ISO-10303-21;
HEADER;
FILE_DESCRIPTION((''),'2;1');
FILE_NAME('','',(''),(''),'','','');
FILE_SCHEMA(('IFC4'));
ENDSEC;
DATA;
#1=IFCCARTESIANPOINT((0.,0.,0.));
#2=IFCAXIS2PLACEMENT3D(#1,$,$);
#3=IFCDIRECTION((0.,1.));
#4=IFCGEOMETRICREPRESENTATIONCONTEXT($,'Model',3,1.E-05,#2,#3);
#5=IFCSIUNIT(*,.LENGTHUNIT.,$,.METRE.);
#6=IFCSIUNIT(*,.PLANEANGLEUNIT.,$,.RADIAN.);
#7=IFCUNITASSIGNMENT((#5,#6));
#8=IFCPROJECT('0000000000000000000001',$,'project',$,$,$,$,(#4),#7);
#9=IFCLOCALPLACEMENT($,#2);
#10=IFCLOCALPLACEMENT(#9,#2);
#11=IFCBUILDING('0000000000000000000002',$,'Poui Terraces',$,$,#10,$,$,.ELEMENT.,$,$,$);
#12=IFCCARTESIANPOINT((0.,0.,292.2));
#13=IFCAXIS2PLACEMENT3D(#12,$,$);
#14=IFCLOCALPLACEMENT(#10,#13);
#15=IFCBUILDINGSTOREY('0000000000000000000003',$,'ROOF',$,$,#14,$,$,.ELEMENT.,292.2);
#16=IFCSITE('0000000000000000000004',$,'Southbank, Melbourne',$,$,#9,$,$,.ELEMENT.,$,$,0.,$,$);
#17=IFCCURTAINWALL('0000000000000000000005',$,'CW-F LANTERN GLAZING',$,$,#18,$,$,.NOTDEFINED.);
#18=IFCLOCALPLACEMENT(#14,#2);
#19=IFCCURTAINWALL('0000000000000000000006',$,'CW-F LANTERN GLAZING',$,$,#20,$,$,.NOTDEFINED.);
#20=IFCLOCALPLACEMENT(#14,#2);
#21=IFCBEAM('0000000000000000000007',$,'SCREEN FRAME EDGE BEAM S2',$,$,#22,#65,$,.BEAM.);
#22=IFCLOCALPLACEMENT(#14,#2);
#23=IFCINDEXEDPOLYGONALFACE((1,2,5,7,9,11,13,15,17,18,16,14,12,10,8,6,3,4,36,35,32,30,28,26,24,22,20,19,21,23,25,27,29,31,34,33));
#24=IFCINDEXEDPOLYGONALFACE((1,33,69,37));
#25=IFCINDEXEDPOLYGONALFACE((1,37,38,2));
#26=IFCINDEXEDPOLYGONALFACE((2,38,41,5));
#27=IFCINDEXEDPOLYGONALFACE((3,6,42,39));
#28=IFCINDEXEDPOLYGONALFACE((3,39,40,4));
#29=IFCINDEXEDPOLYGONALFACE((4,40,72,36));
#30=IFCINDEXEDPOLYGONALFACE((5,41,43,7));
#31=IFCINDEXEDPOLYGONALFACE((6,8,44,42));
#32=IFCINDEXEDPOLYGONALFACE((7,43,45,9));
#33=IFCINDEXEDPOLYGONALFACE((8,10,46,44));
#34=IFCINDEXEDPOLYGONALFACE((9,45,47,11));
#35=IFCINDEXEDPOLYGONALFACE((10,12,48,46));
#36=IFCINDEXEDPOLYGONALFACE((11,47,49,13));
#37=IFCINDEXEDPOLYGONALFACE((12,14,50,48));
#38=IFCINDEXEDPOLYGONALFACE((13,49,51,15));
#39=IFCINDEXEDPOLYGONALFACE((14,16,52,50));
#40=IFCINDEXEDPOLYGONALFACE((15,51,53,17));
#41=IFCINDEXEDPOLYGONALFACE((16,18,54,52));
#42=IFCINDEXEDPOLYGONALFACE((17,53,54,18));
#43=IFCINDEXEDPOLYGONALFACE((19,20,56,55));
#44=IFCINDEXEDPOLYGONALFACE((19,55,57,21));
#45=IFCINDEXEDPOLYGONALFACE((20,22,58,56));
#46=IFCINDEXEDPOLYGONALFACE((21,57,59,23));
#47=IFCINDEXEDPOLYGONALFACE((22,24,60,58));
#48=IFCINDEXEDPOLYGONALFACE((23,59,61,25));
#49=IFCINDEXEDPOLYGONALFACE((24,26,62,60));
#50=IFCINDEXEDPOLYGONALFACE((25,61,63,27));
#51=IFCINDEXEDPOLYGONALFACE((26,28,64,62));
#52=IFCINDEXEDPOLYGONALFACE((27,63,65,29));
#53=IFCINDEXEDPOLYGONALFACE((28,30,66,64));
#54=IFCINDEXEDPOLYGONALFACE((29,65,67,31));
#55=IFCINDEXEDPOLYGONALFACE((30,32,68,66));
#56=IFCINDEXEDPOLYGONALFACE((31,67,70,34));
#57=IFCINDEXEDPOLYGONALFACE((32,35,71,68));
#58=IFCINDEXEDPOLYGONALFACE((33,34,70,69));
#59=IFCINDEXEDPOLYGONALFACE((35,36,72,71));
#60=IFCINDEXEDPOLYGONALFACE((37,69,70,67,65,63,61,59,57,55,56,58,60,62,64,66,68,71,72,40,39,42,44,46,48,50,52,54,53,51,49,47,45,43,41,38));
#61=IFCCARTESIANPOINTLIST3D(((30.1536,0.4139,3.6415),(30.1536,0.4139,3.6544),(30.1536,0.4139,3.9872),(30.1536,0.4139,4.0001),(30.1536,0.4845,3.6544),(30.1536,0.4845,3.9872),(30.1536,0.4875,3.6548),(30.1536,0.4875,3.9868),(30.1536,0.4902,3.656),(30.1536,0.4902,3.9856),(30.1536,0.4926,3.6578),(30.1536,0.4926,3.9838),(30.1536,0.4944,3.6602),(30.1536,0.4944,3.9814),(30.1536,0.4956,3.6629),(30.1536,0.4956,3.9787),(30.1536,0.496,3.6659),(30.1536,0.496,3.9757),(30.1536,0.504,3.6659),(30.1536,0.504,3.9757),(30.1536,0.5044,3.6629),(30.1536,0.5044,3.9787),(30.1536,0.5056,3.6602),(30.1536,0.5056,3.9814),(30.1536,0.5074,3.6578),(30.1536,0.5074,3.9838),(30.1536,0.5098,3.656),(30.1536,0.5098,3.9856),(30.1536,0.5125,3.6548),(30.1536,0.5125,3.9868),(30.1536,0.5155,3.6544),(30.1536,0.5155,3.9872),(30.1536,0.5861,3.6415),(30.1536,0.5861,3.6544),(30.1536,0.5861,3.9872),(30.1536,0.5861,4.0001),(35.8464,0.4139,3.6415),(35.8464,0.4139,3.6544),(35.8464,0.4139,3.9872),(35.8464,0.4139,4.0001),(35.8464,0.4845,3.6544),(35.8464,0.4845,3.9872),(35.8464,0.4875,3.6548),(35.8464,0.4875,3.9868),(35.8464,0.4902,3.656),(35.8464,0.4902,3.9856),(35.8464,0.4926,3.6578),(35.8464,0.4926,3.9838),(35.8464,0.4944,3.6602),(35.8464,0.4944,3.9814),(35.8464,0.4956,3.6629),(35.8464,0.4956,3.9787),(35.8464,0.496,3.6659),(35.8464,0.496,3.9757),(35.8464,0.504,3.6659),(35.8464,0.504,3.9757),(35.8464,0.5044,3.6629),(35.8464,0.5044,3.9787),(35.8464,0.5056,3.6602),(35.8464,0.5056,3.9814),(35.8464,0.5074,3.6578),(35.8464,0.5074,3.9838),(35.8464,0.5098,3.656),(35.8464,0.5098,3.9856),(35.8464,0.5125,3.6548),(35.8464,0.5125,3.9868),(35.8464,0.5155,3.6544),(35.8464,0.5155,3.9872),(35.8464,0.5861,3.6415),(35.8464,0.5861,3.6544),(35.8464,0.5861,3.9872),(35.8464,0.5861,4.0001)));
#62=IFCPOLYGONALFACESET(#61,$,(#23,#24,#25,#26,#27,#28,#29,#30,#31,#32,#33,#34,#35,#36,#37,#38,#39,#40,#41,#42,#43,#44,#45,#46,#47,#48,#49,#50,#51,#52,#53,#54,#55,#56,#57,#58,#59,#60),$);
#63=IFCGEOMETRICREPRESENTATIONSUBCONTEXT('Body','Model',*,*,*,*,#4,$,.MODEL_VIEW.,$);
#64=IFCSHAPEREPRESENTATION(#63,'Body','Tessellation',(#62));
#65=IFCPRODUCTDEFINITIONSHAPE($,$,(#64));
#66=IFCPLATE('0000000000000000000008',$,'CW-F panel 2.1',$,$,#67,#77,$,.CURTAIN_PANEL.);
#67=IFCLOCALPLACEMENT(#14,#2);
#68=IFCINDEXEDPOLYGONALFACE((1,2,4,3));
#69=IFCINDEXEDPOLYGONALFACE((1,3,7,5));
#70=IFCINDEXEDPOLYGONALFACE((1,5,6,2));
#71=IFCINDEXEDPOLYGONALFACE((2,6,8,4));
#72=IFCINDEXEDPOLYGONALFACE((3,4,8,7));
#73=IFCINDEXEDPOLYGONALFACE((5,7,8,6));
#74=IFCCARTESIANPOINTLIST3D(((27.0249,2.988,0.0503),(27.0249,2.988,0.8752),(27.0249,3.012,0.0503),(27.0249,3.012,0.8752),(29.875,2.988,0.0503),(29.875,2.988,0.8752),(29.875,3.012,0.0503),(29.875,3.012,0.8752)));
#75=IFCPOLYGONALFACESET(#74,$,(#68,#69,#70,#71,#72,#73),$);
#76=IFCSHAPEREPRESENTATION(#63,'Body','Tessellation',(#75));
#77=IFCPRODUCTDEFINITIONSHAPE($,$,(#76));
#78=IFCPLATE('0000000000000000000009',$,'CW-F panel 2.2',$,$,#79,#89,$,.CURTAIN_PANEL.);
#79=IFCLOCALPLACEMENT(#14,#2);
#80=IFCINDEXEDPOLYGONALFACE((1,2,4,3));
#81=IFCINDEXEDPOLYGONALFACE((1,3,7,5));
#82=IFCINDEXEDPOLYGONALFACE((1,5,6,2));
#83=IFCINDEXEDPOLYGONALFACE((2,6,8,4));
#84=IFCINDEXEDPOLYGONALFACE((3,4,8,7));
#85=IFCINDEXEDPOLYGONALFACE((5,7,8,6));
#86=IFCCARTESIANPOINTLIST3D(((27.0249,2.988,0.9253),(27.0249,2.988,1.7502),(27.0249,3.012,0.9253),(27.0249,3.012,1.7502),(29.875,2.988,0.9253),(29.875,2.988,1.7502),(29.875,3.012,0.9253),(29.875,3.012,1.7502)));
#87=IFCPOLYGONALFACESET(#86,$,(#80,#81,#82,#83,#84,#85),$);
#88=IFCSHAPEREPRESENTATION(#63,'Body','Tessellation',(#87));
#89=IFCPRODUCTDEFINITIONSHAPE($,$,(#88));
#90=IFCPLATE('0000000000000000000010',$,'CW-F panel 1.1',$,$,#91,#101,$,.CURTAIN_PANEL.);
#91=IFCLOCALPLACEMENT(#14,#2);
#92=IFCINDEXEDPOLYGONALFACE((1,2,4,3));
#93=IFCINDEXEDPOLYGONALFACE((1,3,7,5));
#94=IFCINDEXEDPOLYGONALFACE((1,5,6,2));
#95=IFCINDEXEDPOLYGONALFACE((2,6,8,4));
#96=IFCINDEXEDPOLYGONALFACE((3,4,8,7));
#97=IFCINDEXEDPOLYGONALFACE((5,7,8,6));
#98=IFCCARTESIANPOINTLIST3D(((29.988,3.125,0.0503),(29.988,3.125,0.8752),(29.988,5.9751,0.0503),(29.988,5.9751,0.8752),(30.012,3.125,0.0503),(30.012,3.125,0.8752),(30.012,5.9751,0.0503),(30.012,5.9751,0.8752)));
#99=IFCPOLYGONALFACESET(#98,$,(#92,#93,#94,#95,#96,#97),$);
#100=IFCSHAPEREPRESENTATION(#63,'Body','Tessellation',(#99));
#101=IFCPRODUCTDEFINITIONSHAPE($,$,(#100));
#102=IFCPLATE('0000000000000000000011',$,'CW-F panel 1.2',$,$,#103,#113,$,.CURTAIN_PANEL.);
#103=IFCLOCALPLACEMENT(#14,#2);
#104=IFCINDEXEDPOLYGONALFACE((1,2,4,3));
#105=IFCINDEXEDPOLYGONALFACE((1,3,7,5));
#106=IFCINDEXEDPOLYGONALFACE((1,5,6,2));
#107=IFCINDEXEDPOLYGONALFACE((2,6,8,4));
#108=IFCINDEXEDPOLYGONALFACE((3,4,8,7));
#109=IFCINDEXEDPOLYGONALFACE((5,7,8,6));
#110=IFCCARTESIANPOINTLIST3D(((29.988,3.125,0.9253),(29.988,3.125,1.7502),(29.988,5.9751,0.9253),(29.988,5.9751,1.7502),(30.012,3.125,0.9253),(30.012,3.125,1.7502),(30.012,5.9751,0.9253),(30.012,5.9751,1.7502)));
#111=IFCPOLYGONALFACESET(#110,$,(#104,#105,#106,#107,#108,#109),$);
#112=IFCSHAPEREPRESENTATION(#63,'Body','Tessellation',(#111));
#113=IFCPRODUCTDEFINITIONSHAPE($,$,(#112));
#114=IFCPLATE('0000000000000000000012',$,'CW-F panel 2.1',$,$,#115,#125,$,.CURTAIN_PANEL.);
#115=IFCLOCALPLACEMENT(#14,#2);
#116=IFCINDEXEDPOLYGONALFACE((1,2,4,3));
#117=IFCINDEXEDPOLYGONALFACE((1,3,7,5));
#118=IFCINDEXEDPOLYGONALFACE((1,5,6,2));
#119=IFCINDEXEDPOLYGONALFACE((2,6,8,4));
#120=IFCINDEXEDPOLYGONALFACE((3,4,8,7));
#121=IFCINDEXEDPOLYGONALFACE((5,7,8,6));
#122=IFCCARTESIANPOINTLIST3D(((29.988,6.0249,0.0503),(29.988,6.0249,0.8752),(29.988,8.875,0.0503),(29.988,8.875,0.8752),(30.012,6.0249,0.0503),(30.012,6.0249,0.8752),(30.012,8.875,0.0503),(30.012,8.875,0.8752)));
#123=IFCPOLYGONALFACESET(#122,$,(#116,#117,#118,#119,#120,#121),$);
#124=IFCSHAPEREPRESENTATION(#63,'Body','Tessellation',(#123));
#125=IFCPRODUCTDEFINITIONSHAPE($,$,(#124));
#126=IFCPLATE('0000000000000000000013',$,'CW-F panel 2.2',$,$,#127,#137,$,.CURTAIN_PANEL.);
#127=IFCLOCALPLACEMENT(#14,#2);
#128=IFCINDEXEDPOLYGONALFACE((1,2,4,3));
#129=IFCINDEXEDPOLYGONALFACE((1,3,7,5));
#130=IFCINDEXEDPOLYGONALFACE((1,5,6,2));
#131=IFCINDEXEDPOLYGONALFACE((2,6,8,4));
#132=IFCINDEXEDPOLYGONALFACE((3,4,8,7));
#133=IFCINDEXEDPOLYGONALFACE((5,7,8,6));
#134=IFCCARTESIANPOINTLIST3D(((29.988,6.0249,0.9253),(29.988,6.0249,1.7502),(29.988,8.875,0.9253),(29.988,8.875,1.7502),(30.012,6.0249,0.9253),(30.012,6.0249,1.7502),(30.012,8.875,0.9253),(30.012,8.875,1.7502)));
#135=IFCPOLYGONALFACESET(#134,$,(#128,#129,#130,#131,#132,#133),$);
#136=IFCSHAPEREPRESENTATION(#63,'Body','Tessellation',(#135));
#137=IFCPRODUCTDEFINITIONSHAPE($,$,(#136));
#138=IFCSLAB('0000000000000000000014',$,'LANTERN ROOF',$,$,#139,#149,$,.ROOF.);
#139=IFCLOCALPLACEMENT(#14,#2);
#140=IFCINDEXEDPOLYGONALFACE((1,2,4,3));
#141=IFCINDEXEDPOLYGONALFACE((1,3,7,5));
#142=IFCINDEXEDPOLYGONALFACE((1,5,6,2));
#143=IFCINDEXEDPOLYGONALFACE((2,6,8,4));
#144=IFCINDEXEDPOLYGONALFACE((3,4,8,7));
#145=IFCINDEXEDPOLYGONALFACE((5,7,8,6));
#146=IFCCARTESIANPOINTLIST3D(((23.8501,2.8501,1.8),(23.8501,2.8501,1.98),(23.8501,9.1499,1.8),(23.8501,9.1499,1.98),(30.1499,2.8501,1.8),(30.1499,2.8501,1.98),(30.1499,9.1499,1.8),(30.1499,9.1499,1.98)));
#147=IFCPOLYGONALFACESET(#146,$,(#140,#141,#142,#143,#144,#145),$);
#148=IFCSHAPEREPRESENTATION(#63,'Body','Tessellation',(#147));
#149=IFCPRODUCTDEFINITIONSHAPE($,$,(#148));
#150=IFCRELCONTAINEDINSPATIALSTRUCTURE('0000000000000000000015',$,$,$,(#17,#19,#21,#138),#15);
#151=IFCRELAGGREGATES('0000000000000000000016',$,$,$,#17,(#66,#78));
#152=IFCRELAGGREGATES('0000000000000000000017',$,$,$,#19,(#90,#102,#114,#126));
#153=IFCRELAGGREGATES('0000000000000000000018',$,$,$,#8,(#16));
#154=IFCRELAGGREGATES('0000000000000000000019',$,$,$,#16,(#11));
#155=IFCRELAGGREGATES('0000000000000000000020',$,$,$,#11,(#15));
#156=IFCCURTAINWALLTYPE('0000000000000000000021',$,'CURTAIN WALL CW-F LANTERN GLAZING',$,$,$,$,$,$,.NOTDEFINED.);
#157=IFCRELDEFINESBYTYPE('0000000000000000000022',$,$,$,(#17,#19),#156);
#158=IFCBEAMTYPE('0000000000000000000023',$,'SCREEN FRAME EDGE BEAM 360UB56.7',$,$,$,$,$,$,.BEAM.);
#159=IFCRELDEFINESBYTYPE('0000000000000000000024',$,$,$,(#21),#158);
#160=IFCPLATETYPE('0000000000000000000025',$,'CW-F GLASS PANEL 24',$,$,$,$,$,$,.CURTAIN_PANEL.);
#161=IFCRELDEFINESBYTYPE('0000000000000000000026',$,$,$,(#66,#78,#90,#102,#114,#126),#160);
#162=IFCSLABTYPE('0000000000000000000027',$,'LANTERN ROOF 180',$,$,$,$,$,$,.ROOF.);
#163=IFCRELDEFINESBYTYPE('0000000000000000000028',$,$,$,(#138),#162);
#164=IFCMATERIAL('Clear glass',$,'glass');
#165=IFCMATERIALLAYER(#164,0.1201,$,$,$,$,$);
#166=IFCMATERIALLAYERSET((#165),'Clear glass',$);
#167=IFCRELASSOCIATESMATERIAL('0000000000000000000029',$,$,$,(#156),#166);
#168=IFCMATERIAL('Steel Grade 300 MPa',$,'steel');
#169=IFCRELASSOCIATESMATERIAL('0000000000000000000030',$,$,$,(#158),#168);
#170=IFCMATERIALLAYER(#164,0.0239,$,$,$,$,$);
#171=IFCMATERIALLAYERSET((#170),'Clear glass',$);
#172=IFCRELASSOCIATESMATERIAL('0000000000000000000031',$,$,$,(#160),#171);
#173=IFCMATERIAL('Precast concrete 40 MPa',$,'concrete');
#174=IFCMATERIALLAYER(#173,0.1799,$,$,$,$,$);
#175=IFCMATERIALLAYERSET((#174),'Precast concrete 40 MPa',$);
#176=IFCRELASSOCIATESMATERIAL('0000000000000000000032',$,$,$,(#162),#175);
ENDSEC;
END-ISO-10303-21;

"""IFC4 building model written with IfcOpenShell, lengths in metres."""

from ifc_helpers import new_model, si_unit, direction, frame, origin, origin_2d, place, context, subcontext, project, spatial, polyline, rectangle, i_section, outline, extrude, source, transform, mapped, material, layer, layer_set, material_profile, profile_set, type_object, element, aggregate, save


model = new_model("IFC4")

# Units and contexts
model_context = context("Model", 3, precision=1e-05, world=origin(), true_north=direction((0.0, 1.0)))
body_context = subcontext(model_context, "Body", "Model", "MODEL_VIEW")
ifc_project = project(units=[si_unit("LENGTHUNIT", "METRE"), si_unit("PLANEANGLEUNIT", "RADIAN")], contexts=[model_context])

# Site, building, storey
site_placement = place(None, origin())
site = spatial("IfcSite", under=ifc_project, at=site_placement, Name="Southbank, Melbourne", CompositionType="ELEMENT", RefElevation=0.0)
building_placement = place(site_placement, origin())
building = spatial("IfcBuilding", under=site, at=building_placement, Name="Poui Terraces", CompositionType="ELEMENT")
storey_placement = place(building_placement, frame((0.0, 0.0, 292.2)))
storey = spatial("IfcBuildingStorey", under=building, at=storey_placement, Name="ROOF", CompositionType="ELEMENT", Elevation=292.2)

# Shared definitions
ifc_material_1 = material(Name="Steel Grade 300 MPa", Category="steel")

# Curtain walls
ifc_material_2 = material(Name="Clear glass", Category="glass")
ifc_layer_1 = layer(ifc_material_2, 0.1201)
ifc_layer_set_1 = layer_set([ifc_layer_1], Name="Clear glass")
curtain_wall_type = type_object("IfcCurtainWallType", Name="CURTAIN WALL CW-F LANTERN GLAZING", PredefinedType="NOTDEFINED", material=ifc_layer_set_1)
curtain_wall_1_placement = place(storey_placement, origin())
curtain_wall_1 = element("IfcCurtainWall", 1, at=curtain_wall_1_placement, inside=storey, type_object=curtain_wall_type, Name="CW-F LANTERN GLAZING", PredefinedType="NOTDEFINED")
curtain_wall_2_placement = place(storey_placement, origin())
curtain_wall_2 = element("IfcCurtainWall", 2, at=curtain_wall_2_placement, inside=storey, type_object=curtain_wall_type, Name="CW-F LANTERN GLAZING", PredefinedType="NOTDEFINED")

# Beam
ifc_material_profile_1 = material_profile(ifc_material_1, i_section(OverallWidth=0.1721, OverallDepth=0.3586, WebThickness=0.0081, FlangeThickness=0.0129, FilletRadius=0.0115, at=origin_2d()), Name="360UB56.7")
ifc_profile_set_1 = profile_set([ifc_material_profile_1], Name="Steel Grade 300 MPa")
beam_type = type_object("IfcBeamType", Name="SCREEN FRAME EDGE BEAM 360UB56.7", PredefinedType="BEAM", material=ifc_profile_set_1)
shared_shape_1 = source(origin(), body_context, "Body", "SweptSolid", [
    extrude(i_section(OverallWidth=0.1721, OverallDepth=0.3586, WebThickness=0.0081, FlangeThickness=0.0129, FilletRadius=0.0115, at=origin_2d()), origin(), (0.0, 0.0, 1.0), 5.6929),
])
beam_placement = place(storey_placement, frame((30.1536, 0.5, 3.8208), z_axis=(1.0, 0.0, 0.0), x_axis=(0.0, 1.0, 0.0)))
element("IfcBeam", 3, at=beam_placement, inside=storey, type_object=beam_type, Name="SCREEN FRAME EDGE BEAM S2", PredefinedType="BEAM", context=body_context, shape_type="MappedRepresentation", body=[
    mapped(shared_shape_1, transform((0.0, 0.0, 0.0))),
])

# Plates
ifc_layer_2 = layer(ifc_material_2, 0.0239)
ifc_layer_set_2 = layer_set([ifc_layer_2], Name="Clear glass")
plate_type = type_object("IfcPlateType", Name="CW-F GLASS PANEL 24", PredefinedType="CURTAIN_PANEL", material=ifc_layer_set_2)
plate_1_placement = place(storey_placement, frame((28.45, 3.0, 0.0503), z_axis=(0.0, 0.0, 1.0), x_axis=(1.0, 0.0, 0.0)))
plate_1 = element("IfcPlate", 4, at=plate_1_placement, type_object=plate_type, Name="CW-F panel 2.1", PredefinedType="CURTAIN_PANEL", context=body_context, shape_type="SweptSolid", body=[
    extrude(rectangle(XDim=2.8501, YDim=0.0239, at=origin_2d()), origin(), (0.0, 0.0, 1.0), 0.825),
])
plate_2_placement = place(storey_placement, frame((28.45, 3.0, 0.9253), z_axis=(0.0, 0.0, 1.0), x_axis=(1.0, 0.0, 0.0)))
plate_2 = element("IfcPlate", 5, at=plate_2_placement, type_object=plate_type, Name="CW-F panel 2.2", PredefinedType="CURTAIN_PANEL", context=body_context, shape_type="SweptSolid", body=[
    extrude(rectangle(XDim=2.8501, YDim=0.0239, at=origin_2d()), origin(), (0.0, 0.0, 1.0), 0.825),
])
aggregate(curtain_wall_1, [plate_1, plate_2])
plate_3_placement = place(storey_placement, frame((30.0, 4.55, 0.0503), z_axis=(0.0, 0.0, 1.0), x_axis=(0.0, 1.0, 0.0)))
plate_3 = element("IfcPlate", 6, at=plate_3_placement, type_object=plate_type, Name="CW-F panel 1.1", PredefinedType="CURTAIN_PANEL", context=body_context, shape_type="SweptSolid", body=[
    extrude(rectangle(XDim=2.8501, YDim=0.0239, at=origin_2d()), origin(), (0.0, 0.0, 1.0), 0.825),
])
plate_4_placement = place(storey_placement, frame((30.0, 4.55, 0.9253), z_axis=(0.0, 0.0, 1.0), x_axis=(0.0, 1.0, 0.0)))
plate_4 = element("IfcPlate", 7, at=plate_4_placement, type_object=plate_type, Name="CW-F panel 1.2", PredefinedType="CURTAIN_PANEL", context=body_context, shape_type="SweptSolid", body=[
    extrude(rectangle(XDim=2.8501, YDim=0.0239, at=origin_2d()), origin(), (0.0, 0.0, 1.0), 0.825),
])
plate_5_placement = place(storey_placement, frame((30.0, 7.45, 0.0503), z_axis=(0.0, 0.0, 1.0), x_axis=(0.0, 1.0, 0.0)))
plate_5 = element("IfcPlate", 8, at=plate_5_placement, type_object=plate_type, Name="CW-F panel 2.1", PredefinedType="CURTAIN_PANEL", context=body_context, shape_type="SweptSolid", body=[
    extrude(rectangle(XDim=2.8501, YDim=0.0239, at=origin_2d()), origin(), (0.0, 0.0, 1.0), 0.825),
])
plate_6_placement = place(storey_placement, frame((30.0, 7.45, 0.9253), z_axis=(0.0, 0.0, 1.0), x_axis=(0.0, 1.0, 0.0)))
plate_6 = element("IfcPlate", 9, at=plate_6_placement, type_object=plate_type, Name="CW-F panel 2.2", PredefinedType="CURTAIN_PANEL", context=body_context, shape_type="SweptSolid", body=[
    extrude(rectangle(XDim=2.8501, YDim=0.0239, at=origin_2d()), origin(), (0.0, 0.0, 1.0), 0.825),
])
aggregate(curtain_wall_2, [plate_3, plate_4, plate_5, plate_6])

# Slab
ifc_material_3 = material(Name="Precast concrete 40 MPa", Category="concrete")
ifc_layer_3 = layer(ifc_material_3, 0.1799)
ifc_layer_set_3 = layer_set([ifc_layer_3], Name="Precast concrete 40 MPa")
slab_type = type_object("IfcSlabType", Name="LANTERN ROOF 180", PredefinedType="ROOF", material=ifc_layer_set_3)
shared_shape_2 = source(origin(), body_context, "Body", "SweptSolid", [
    extrude(outline(polyline([(0.0, 0.0), (0.0, 6.2998), (-6.2998, 6.2998), (-6.2998, 0.0), (0.0, 0.0)])), origin(), (0.0, 0.0, 1.0), 0.1799),
])
slab_placement = place(storey_placement, frame((30.1499, 2.8501, 1.8)))
element("IfcSlab", 10, at=slab_placement, inside=storey, type_object=slab_type, Name="LANTERN ROOF", PredefinedType="ROOF", context=body_context, shape_type="MappedRepresentation", body=[
    mapped(shared_shape_2, transform((0.0, 0.0, 0.0))),
])

save(model, "model.ifc")
